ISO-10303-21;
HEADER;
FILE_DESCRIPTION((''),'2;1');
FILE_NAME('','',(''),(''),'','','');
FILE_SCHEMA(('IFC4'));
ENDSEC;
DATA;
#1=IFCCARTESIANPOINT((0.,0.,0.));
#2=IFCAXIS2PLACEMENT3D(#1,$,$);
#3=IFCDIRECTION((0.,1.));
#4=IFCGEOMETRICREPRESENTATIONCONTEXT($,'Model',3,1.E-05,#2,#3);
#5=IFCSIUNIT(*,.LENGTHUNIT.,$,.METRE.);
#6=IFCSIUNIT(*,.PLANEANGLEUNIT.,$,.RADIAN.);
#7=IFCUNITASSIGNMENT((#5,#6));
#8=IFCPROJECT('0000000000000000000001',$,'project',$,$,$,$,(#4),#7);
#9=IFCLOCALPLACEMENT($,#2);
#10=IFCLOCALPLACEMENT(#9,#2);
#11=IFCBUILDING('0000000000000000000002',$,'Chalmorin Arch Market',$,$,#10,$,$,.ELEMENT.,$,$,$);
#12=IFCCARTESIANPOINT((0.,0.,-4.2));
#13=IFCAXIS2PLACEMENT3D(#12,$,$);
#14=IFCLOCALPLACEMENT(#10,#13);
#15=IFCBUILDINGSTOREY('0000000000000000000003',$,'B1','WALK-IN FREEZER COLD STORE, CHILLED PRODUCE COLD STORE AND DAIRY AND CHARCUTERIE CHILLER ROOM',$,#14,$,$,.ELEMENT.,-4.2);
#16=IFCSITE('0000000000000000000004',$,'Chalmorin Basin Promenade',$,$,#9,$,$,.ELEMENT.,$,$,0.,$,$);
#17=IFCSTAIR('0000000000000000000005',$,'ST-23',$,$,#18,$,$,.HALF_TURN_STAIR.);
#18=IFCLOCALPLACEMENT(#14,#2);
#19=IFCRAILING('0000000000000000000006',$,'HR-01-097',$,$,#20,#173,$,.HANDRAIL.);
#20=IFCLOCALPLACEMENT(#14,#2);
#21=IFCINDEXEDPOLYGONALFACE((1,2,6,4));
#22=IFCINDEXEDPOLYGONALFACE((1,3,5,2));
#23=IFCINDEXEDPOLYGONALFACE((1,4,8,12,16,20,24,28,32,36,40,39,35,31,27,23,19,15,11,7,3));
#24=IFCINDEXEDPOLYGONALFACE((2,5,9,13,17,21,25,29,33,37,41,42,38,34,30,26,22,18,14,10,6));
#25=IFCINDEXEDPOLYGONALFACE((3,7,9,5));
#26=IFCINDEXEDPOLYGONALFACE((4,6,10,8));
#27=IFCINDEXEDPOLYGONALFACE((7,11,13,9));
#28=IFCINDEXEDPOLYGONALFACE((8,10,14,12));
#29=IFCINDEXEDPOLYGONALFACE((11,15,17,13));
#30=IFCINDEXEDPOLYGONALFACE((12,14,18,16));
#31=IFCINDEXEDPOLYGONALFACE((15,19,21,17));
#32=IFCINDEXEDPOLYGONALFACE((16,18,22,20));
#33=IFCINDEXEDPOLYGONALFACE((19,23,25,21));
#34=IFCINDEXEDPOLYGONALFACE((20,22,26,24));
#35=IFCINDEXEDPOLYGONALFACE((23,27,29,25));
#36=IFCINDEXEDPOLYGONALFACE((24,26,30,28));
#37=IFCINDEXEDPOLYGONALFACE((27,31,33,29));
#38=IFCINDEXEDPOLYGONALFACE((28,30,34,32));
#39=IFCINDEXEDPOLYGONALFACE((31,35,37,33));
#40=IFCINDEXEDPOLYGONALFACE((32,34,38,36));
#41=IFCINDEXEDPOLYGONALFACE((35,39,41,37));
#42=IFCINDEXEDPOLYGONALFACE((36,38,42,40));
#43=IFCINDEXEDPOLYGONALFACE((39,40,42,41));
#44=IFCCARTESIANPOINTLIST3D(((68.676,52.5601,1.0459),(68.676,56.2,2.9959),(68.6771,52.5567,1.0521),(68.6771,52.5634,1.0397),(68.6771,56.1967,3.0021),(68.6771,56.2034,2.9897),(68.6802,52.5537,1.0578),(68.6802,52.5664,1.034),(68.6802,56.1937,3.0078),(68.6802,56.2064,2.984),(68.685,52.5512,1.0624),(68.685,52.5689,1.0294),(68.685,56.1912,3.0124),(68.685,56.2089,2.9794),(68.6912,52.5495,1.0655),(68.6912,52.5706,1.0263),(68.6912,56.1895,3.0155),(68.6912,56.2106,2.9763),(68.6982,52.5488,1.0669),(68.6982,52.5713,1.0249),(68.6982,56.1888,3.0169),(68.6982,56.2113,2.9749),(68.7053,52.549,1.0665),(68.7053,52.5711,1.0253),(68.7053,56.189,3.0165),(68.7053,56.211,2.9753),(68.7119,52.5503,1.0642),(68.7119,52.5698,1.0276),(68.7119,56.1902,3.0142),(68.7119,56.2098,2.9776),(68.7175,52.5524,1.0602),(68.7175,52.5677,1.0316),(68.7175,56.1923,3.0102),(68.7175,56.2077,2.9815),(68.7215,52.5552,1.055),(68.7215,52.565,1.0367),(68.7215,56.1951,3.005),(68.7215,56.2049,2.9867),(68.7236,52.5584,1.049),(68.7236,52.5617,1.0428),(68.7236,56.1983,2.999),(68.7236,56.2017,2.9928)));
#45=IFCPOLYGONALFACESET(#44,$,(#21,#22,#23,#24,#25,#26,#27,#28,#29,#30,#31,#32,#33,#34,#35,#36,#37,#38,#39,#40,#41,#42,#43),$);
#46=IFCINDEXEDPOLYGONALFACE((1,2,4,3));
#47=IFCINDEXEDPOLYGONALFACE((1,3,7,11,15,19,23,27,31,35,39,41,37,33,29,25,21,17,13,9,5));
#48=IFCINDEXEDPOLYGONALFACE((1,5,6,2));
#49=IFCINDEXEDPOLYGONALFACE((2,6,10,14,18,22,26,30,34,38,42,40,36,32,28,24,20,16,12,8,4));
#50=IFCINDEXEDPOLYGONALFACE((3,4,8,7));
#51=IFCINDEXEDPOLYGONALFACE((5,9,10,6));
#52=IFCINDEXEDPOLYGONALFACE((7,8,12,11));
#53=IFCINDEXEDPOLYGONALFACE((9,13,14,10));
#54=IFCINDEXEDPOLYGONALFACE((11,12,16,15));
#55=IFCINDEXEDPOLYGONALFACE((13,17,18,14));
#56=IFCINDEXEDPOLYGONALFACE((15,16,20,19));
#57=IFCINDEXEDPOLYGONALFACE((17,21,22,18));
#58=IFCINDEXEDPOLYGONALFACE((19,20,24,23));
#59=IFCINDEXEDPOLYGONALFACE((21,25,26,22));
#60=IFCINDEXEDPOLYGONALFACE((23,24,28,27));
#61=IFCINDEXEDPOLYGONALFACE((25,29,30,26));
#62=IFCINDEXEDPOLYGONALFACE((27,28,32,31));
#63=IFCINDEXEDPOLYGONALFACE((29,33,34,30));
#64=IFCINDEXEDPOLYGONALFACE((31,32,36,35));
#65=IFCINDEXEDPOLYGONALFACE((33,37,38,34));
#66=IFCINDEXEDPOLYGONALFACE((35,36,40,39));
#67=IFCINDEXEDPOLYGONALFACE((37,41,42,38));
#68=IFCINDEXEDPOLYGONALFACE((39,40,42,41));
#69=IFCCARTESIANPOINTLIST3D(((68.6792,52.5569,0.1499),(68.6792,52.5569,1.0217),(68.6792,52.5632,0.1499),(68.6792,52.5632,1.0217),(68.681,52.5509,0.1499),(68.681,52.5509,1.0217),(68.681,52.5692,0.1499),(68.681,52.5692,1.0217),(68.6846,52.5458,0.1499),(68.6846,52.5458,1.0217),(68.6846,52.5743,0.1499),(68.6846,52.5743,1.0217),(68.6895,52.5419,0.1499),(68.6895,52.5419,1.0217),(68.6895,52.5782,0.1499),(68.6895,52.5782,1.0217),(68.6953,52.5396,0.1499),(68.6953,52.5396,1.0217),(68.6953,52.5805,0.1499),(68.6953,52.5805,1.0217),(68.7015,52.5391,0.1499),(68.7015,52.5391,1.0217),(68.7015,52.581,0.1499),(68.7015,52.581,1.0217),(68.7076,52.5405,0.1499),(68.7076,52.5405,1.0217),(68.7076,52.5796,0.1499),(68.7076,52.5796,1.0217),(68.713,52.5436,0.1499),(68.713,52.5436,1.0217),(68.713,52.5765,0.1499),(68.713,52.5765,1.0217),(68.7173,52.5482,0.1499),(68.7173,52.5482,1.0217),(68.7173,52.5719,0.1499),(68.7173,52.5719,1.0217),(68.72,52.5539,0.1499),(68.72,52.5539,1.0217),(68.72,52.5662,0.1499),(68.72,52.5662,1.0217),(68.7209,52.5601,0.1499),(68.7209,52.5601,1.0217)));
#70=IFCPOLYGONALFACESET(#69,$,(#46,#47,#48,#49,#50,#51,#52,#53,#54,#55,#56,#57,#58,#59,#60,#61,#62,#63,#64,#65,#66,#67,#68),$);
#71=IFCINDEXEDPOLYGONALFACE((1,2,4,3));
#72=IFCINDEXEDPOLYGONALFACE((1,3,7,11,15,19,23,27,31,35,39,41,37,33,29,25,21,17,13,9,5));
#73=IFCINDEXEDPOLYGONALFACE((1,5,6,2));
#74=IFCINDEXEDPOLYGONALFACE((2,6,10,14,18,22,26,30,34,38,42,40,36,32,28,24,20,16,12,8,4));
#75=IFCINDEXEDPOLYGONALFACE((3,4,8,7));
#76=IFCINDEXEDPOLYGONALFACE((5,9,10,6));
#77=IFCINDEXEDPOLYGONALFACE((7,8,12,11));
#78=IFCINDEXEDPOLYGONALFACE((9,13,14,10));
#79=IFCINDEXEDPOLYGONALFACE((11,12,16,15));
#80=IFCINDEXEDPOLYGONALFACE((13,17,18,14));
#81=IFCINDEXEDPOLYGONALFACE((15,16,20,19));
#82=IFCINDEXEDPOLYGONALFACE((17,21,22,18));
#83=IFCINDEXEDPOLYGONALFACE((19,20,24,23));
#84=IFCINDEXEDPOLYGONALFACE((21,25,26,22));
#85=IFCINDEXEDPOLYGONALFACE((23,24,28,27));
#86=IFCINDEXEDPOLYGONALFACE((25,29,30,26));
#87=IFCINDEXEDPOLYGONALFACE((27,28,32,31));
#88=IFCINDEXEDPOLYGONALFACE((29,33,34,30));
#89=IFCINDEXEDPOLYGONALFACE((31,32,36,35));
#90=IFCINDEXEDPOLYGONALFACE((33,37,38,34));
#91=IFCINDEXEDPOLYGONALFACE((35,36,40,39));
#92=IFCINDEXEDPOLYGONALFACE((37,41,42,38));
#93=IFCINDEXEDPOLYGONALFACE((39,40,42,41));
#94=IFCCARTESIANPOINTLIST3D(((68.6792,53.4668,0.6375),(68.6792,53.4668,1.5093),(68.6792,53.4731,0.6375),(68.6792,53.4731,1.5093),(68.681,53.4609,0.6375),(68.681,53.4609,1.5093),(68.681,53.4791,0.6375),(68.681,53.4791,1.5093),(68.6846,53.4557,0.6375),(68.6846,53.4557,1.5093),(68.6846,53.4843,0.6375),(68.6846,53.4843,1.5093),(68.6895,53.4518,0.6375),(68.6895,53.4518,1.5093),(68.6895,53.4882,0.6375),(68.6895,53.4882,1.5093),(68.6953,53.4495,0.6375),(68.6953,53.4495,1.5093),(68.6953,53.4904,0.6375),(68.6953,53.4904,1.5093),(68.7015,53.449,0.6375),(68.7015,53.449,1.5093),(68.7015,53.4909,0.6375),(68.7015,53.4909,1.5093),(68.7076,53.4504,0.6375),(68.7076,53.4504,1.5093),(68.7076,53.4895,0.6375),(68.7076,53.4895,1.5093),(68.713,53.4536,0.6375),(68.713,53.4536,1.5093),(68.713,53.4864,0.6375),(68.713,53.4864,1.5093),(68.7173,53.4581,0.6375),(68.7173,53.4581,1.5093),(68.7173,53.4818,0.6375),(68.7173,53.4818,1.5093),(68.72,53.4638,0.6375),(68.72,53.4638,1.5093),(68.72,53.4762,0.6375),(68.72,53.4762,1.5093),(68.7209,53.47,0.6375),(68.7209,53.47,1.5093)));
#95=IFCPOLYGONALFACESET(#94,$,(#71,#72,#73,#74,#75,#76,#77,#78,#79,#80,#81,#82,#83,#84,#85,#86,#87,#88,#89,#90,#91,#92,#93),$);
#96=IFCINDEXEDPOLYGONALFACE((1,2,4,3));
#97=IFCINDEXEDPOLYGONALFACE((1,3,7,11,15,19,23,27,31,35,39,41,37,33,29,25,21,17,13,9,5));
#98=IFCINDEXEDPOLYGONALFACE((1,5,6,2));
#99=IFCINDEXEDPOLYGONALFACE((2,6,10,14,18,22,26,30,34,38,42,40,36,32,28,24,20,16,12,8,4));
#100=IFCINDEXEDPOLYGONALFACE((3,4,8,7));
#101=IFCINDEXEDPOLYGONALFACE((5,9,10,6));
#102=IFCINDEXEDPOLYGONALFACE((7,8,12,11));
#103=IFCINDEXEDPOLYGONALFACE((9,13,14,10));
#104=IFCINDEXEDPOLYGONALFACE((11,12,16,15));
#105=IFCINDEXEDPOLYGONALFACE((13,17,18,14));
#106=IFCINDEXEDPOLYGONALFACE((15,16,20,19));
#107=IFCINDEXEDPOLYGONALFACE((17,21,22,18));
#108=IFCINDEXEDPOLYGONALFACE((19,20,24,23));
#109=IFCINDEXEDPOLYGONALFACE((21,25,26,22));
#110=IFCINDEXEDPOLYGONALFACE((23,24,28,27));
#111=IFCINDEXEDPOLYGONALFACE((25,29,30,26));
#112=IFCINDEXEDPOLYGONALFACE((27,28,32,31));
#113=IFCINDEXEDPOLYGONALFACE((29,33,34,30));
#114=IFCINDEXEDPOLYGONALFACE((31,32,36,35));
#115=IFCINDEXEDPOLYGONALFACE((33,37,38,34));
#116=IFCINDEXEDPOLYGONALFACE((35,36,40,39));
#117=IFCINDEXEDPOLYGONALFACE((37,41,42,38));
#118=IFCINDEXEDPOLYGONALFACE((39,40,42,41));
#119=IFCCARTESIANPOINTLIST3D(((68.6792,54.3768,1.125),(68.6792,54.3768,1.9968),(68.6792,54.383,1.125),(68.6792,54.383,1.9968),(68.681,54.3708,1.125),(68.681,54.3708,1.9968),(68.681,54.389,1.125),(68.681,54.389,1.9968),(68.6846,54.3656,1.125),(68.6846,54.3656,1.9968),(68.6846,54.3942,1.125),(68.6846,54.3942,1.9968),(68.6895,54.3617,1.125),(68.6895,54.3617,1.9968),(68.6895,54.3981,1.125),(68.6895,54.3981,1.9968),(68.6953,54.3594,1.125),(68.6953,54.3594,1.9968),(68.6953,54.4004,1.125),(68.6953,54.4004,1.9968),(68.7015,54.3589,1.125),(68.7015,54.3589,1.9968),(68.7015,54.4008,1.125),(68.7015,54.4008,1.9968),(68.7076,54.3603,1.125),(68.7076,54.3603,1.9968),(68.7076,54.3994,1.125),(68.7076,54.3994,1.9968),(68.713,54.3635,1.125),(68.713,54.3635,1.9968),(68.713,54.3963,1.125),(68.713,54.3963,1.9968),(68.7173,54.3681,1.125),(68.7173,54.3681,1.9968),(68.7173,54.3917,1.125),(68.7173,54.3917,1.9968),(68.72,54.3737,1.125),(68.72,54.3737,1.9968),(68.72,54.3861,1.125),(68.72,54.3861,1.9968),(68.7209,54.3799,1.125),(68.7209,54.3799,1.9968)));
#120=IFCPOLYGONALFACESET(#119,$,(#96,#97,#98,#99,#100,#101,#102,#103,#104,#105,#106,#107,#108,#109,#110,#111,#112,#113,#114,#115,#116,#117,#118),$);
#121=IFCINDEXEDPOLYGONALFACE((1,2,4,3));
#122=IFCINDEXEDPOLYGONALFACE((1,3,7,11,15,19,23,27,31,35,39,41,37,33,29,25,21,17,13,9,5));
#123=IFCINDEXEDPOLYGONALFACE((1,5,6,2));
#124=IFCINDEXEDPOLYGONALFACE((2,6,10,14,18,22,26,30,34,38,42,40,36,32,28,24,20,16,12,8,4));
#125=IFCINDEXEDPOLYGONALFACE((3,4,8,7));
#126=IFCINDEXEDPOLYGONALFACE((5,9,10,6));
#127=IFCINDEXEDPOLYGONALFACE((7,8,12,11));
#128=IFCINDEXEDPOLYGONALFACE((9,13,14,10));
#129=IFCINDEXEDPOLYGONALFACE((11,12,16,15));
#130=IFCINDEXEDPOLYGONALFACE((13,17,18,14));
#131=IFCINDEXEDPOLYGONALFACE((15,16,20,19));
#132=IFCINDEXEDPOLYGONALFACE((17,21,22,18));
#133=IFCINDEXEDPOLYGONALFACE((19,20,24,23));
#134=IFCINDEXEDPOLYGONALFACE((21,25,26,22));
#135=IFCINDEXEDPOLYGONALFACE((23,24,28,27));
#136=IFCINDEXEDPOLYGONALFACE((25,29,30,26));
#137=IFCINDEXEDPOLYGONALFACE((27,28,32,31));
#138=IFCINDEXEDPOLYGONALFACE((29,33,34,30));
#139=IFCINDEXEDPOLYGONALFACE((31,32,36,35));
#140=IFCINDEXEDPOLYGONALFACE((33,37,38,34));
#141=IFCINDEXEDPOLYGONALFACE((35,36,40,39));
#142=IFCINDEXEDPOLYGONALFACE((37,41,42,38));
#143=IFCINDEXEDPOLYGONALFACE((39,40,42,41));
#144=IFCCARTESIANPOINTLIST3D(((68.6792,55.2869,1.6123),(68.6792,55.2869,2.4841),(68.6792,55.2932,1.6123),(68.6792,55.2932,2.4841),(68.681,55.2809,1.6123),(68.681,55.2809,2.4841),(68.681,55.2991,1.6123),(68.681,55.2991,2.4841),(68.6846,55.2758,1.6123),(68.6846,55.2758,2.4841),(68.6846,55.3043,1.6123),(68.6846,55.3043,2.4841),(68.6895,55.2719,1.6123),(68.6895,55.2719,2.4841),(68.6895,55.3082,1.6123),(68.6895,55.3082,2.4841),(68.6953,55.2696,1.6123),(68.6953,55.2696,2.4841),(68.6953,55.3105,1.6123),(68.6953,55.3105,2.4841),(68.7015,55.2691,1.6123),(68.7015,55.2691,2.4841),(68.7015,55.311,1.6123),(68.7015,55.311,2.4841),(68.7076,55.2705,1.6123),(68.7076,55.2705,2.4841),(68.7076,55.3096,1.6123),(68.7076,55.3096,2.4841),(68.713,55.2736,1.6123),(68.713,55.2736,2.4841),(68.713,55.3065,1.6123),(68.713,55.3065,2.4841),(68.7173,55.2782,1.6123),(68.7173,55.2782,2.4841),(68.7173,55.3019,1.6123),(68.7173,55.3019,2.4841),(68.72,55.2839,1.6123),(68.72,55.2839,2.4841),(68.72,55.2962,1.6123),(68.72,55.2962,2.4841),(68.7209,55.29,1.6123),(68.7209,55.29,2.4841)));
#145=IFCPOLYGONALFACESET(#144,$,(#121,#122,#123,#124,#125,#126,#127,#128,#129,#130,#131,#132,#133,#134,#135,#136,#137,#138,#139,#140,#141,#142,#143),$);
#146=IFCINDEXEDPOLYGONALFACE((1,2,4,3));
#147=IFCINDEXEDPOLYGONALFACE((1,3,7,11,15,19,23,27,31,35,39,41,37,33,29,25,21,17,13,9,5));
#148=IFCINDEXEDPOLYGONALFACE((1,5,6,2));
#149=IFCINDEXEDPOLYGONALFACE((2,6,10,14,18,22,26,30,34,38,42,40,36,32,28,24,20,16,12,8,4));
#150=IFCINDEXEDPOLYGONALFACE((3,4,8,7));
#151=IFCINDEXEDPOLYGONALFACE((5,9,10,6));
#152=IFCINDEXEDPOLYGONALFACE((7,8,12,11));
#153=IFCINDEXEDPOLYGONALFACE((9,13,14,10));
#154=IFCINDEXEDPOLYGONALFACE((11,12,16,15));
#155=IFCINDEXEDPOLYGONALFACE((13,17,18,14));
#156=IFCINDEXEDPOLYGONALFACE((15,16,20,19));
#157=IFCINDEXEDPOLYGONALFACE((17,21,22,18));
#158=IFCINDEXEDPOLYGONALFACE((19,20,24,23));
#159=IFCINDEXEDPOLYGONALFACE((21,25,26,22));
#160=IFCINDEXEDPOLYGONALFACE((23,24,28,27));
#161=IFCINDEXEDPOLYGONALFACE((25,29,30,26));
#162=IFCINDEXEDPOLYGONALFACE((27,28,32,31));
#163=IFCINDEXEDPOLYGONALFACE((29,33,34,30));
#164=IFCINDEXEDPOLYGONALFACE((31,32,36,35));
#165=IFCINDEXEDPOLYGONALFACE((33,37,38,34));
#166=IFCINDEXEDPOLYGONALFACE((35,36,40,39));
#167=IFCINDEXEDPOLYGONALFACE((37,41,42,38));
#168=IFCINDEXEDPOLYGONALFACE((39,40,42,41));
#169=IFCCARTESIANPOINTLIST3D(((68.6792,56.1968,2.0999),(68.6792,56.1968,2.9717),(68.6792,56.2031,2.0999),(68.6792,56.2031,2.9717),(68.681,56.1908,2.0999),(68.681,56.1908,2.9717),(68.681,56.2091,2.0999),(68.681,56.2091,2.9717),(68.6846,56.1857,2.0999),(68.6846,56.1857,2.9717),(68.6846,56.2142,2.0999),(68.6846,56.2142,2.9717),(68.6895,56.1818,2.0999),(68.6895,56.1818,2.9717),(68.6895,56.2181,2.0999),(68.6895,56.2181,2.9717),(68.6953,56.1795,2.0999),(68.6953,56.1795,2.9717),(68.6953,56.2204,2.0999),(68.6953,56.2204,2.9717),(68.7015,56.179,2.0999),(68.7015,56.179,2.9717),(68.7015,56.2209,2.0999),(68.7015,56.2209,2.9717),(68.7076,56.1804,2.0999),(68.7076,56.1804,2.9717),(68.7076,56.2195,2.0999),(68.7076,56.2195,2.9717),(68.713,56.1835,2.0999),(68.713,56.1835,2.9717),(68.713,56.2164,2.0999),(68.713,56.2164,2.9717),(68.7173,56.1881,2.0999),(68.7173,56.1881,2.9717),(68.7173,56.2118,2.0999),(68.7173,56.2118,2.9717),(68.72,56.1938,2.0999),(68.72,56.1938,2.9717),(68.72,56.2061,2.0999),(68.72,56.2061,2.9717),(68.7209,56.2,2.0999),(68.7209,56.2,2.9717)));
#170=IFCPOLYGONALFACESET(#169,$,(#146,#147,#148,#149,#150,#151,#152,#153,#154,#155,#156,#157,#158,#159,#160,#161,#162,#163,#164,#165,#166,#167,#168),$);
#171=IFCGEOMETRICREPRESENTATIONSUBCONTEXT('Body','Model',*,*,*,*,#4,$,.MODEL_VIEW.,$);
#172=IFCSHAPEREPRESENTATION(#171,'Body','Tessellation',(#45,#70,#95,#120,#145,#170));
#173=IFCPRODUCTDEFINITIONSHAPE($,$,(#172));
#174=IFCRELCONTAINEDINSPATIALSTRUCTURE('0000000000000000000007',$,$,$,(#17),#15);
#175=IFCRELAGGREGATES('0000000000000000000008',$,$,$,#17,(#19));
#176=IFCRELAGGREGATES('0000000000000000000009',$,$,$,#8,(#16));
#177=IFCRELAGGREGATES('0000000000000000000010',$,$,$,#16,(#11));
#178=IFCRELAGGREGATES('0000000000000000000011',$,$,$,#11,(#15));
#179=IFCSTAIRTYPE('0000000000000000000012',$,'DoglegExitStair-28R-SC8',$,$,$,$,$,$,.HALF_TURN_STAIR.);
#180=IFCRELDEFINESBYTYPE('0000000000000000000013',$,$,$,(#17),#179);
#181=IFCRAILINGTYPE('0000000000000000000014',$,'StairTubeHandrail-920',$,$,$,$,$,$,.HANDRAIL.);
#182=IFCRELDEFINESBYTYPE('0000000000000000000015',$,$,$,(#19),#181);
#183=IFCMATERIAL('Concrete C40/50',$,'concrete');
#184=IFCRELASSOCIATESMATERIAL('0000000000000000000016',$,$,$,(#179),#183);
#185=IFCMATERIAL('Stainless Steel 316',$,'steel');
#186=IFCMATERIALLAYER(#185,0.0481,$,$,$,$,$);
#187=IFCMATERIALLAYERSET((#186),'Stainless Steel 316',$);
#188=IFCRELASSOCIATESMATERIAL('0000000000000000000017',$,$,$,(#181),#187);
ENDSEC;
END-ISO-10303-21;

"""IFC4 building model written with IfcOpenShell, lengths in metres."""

from ifc_helpers import new_model, si_unit, direction, frame, origin, origin_2d, place, context, subcontext, project, spatial, circle, extrude, material, layer, layer_set, type_object, element, aggregate, save


model = new_model("IFC4")

# Units and contexts
model_context = context("Model", 3, precision=1e-05, world=origin(), true_north=direction((0.0, 1.0)))
body_context = subcontext(model_context, "Body", "Model", "MODEL_VIEW")
ifc_project = project(units=[si_unit("LENGTHUNIT", "METRE"), si_unit("PLANEANGLEUNIT", "RADIAN")], contexts=[model_context])

# Site, building, storey
site_placement = place(None, origin())
site = spatial("IfcSite", under=ifc_project, at=site_placement, Name="Chalmorin Basin Promenade", CompositionType="ELEMENT", RefElevation=0.0)
building_placement = place(site_placement, origin())
building = spatial("IfcBuilding", under=site, at=building_placement, Name="Chalmorin Arch Market", CompositionType="ELEMENT")
storey_placement = place(building_placement, frame((0.0, 0.0, -4.2)))
storey = spatial("IfcBuildingStorey", under=building, at=storey_placement, Name="B1", Description="WALK-IN FREEZER COLD STORE, CHILLED PRODUCE COLD STORE AND DAIRY AND CHARCUTERIE CHILLER ROOM", CompositionType="ELEMENT", Elevation=-4.2)

# Shared definitions
ifc_material_1 = material(Name="Concrete C40/50", Category="concrete")

# Stair, railing
stair_type = type_object("IfcStairType", Name="DoglegExitStair-28R-SC8", PredefinedType="HALF_TURN_STAIR", material=ifc_material_1)
stair_placement = place(storey_placement, origin())
stair = element("IfcStair", 1, at=stair_placement, inside=storey, type_object=stair_type, Name="ST-23", PredefinedType="HALF_TURN_STAIR")
ifc_material_2 = material(Name="Stainless Steel 316", Category="steel")
ifc_layer_1 = layer(ifc_material_2, 0.0481)
ifc_layer_set_1 = layer_set([ifc_layer_1], Name="Stainless Steel 316")
railing_type_1 = type_object("IfcRailingType", Name="StairTubeHandrail-920", PredefinedType="HANDRAIL", material=ifc_layer_set_1)
railing_1_placement = place(storey_placement, frame((68.7, 52.5601, 0.1499)))
railing_1 = element("IfcRailing", 2, at=railing_1_placement, type_object=railing_type_1, Name="HR-01-097", PredefinedType="HANDRAIL", context=body_context, shape_type="SweptSolid", body=[
    extrude(circle(Radius=0.0239, at=origin_2d()), frame((0.0, 0.0, 0.896), z_axis=(0.0, 0.881479, 0.472223), x_axis=(-1.0, 0.0, 0.0)), (0.0, 0.0, 1.0), 4.1294),
    extrude(circle(Radius=0.021, at=origin_2d()), origin(), (0.0, 0.0, 1.0), 0.8718),
    extrude(circle(Radius=0.021, at=origin_2d()), frame((0.0, 0.9099, 0.4875)), (0.0, 0.0, 1.0), 0.8718),
    extrude(circle(Radius=0.021, at=origin_2d()), frame((0.0, 1.8198, 0.9751)), (0.0, 0.0, 1.0), 0.8718),
    extrude(circle(Radius=0.021, at=origin_2d()), frame((0.0, 2.73, 1.4624)), (0.0, 0.0, 1.0), 0.8718),
    extrude(circle(Radius=0.021, at=origin_2d()), frame((0.0, 3.6399, 1.95)), (0.0, 0.0, 1.0), 0.8718),
])
aggregate(stair, [railing_1])

save(model, "model.ifc")
